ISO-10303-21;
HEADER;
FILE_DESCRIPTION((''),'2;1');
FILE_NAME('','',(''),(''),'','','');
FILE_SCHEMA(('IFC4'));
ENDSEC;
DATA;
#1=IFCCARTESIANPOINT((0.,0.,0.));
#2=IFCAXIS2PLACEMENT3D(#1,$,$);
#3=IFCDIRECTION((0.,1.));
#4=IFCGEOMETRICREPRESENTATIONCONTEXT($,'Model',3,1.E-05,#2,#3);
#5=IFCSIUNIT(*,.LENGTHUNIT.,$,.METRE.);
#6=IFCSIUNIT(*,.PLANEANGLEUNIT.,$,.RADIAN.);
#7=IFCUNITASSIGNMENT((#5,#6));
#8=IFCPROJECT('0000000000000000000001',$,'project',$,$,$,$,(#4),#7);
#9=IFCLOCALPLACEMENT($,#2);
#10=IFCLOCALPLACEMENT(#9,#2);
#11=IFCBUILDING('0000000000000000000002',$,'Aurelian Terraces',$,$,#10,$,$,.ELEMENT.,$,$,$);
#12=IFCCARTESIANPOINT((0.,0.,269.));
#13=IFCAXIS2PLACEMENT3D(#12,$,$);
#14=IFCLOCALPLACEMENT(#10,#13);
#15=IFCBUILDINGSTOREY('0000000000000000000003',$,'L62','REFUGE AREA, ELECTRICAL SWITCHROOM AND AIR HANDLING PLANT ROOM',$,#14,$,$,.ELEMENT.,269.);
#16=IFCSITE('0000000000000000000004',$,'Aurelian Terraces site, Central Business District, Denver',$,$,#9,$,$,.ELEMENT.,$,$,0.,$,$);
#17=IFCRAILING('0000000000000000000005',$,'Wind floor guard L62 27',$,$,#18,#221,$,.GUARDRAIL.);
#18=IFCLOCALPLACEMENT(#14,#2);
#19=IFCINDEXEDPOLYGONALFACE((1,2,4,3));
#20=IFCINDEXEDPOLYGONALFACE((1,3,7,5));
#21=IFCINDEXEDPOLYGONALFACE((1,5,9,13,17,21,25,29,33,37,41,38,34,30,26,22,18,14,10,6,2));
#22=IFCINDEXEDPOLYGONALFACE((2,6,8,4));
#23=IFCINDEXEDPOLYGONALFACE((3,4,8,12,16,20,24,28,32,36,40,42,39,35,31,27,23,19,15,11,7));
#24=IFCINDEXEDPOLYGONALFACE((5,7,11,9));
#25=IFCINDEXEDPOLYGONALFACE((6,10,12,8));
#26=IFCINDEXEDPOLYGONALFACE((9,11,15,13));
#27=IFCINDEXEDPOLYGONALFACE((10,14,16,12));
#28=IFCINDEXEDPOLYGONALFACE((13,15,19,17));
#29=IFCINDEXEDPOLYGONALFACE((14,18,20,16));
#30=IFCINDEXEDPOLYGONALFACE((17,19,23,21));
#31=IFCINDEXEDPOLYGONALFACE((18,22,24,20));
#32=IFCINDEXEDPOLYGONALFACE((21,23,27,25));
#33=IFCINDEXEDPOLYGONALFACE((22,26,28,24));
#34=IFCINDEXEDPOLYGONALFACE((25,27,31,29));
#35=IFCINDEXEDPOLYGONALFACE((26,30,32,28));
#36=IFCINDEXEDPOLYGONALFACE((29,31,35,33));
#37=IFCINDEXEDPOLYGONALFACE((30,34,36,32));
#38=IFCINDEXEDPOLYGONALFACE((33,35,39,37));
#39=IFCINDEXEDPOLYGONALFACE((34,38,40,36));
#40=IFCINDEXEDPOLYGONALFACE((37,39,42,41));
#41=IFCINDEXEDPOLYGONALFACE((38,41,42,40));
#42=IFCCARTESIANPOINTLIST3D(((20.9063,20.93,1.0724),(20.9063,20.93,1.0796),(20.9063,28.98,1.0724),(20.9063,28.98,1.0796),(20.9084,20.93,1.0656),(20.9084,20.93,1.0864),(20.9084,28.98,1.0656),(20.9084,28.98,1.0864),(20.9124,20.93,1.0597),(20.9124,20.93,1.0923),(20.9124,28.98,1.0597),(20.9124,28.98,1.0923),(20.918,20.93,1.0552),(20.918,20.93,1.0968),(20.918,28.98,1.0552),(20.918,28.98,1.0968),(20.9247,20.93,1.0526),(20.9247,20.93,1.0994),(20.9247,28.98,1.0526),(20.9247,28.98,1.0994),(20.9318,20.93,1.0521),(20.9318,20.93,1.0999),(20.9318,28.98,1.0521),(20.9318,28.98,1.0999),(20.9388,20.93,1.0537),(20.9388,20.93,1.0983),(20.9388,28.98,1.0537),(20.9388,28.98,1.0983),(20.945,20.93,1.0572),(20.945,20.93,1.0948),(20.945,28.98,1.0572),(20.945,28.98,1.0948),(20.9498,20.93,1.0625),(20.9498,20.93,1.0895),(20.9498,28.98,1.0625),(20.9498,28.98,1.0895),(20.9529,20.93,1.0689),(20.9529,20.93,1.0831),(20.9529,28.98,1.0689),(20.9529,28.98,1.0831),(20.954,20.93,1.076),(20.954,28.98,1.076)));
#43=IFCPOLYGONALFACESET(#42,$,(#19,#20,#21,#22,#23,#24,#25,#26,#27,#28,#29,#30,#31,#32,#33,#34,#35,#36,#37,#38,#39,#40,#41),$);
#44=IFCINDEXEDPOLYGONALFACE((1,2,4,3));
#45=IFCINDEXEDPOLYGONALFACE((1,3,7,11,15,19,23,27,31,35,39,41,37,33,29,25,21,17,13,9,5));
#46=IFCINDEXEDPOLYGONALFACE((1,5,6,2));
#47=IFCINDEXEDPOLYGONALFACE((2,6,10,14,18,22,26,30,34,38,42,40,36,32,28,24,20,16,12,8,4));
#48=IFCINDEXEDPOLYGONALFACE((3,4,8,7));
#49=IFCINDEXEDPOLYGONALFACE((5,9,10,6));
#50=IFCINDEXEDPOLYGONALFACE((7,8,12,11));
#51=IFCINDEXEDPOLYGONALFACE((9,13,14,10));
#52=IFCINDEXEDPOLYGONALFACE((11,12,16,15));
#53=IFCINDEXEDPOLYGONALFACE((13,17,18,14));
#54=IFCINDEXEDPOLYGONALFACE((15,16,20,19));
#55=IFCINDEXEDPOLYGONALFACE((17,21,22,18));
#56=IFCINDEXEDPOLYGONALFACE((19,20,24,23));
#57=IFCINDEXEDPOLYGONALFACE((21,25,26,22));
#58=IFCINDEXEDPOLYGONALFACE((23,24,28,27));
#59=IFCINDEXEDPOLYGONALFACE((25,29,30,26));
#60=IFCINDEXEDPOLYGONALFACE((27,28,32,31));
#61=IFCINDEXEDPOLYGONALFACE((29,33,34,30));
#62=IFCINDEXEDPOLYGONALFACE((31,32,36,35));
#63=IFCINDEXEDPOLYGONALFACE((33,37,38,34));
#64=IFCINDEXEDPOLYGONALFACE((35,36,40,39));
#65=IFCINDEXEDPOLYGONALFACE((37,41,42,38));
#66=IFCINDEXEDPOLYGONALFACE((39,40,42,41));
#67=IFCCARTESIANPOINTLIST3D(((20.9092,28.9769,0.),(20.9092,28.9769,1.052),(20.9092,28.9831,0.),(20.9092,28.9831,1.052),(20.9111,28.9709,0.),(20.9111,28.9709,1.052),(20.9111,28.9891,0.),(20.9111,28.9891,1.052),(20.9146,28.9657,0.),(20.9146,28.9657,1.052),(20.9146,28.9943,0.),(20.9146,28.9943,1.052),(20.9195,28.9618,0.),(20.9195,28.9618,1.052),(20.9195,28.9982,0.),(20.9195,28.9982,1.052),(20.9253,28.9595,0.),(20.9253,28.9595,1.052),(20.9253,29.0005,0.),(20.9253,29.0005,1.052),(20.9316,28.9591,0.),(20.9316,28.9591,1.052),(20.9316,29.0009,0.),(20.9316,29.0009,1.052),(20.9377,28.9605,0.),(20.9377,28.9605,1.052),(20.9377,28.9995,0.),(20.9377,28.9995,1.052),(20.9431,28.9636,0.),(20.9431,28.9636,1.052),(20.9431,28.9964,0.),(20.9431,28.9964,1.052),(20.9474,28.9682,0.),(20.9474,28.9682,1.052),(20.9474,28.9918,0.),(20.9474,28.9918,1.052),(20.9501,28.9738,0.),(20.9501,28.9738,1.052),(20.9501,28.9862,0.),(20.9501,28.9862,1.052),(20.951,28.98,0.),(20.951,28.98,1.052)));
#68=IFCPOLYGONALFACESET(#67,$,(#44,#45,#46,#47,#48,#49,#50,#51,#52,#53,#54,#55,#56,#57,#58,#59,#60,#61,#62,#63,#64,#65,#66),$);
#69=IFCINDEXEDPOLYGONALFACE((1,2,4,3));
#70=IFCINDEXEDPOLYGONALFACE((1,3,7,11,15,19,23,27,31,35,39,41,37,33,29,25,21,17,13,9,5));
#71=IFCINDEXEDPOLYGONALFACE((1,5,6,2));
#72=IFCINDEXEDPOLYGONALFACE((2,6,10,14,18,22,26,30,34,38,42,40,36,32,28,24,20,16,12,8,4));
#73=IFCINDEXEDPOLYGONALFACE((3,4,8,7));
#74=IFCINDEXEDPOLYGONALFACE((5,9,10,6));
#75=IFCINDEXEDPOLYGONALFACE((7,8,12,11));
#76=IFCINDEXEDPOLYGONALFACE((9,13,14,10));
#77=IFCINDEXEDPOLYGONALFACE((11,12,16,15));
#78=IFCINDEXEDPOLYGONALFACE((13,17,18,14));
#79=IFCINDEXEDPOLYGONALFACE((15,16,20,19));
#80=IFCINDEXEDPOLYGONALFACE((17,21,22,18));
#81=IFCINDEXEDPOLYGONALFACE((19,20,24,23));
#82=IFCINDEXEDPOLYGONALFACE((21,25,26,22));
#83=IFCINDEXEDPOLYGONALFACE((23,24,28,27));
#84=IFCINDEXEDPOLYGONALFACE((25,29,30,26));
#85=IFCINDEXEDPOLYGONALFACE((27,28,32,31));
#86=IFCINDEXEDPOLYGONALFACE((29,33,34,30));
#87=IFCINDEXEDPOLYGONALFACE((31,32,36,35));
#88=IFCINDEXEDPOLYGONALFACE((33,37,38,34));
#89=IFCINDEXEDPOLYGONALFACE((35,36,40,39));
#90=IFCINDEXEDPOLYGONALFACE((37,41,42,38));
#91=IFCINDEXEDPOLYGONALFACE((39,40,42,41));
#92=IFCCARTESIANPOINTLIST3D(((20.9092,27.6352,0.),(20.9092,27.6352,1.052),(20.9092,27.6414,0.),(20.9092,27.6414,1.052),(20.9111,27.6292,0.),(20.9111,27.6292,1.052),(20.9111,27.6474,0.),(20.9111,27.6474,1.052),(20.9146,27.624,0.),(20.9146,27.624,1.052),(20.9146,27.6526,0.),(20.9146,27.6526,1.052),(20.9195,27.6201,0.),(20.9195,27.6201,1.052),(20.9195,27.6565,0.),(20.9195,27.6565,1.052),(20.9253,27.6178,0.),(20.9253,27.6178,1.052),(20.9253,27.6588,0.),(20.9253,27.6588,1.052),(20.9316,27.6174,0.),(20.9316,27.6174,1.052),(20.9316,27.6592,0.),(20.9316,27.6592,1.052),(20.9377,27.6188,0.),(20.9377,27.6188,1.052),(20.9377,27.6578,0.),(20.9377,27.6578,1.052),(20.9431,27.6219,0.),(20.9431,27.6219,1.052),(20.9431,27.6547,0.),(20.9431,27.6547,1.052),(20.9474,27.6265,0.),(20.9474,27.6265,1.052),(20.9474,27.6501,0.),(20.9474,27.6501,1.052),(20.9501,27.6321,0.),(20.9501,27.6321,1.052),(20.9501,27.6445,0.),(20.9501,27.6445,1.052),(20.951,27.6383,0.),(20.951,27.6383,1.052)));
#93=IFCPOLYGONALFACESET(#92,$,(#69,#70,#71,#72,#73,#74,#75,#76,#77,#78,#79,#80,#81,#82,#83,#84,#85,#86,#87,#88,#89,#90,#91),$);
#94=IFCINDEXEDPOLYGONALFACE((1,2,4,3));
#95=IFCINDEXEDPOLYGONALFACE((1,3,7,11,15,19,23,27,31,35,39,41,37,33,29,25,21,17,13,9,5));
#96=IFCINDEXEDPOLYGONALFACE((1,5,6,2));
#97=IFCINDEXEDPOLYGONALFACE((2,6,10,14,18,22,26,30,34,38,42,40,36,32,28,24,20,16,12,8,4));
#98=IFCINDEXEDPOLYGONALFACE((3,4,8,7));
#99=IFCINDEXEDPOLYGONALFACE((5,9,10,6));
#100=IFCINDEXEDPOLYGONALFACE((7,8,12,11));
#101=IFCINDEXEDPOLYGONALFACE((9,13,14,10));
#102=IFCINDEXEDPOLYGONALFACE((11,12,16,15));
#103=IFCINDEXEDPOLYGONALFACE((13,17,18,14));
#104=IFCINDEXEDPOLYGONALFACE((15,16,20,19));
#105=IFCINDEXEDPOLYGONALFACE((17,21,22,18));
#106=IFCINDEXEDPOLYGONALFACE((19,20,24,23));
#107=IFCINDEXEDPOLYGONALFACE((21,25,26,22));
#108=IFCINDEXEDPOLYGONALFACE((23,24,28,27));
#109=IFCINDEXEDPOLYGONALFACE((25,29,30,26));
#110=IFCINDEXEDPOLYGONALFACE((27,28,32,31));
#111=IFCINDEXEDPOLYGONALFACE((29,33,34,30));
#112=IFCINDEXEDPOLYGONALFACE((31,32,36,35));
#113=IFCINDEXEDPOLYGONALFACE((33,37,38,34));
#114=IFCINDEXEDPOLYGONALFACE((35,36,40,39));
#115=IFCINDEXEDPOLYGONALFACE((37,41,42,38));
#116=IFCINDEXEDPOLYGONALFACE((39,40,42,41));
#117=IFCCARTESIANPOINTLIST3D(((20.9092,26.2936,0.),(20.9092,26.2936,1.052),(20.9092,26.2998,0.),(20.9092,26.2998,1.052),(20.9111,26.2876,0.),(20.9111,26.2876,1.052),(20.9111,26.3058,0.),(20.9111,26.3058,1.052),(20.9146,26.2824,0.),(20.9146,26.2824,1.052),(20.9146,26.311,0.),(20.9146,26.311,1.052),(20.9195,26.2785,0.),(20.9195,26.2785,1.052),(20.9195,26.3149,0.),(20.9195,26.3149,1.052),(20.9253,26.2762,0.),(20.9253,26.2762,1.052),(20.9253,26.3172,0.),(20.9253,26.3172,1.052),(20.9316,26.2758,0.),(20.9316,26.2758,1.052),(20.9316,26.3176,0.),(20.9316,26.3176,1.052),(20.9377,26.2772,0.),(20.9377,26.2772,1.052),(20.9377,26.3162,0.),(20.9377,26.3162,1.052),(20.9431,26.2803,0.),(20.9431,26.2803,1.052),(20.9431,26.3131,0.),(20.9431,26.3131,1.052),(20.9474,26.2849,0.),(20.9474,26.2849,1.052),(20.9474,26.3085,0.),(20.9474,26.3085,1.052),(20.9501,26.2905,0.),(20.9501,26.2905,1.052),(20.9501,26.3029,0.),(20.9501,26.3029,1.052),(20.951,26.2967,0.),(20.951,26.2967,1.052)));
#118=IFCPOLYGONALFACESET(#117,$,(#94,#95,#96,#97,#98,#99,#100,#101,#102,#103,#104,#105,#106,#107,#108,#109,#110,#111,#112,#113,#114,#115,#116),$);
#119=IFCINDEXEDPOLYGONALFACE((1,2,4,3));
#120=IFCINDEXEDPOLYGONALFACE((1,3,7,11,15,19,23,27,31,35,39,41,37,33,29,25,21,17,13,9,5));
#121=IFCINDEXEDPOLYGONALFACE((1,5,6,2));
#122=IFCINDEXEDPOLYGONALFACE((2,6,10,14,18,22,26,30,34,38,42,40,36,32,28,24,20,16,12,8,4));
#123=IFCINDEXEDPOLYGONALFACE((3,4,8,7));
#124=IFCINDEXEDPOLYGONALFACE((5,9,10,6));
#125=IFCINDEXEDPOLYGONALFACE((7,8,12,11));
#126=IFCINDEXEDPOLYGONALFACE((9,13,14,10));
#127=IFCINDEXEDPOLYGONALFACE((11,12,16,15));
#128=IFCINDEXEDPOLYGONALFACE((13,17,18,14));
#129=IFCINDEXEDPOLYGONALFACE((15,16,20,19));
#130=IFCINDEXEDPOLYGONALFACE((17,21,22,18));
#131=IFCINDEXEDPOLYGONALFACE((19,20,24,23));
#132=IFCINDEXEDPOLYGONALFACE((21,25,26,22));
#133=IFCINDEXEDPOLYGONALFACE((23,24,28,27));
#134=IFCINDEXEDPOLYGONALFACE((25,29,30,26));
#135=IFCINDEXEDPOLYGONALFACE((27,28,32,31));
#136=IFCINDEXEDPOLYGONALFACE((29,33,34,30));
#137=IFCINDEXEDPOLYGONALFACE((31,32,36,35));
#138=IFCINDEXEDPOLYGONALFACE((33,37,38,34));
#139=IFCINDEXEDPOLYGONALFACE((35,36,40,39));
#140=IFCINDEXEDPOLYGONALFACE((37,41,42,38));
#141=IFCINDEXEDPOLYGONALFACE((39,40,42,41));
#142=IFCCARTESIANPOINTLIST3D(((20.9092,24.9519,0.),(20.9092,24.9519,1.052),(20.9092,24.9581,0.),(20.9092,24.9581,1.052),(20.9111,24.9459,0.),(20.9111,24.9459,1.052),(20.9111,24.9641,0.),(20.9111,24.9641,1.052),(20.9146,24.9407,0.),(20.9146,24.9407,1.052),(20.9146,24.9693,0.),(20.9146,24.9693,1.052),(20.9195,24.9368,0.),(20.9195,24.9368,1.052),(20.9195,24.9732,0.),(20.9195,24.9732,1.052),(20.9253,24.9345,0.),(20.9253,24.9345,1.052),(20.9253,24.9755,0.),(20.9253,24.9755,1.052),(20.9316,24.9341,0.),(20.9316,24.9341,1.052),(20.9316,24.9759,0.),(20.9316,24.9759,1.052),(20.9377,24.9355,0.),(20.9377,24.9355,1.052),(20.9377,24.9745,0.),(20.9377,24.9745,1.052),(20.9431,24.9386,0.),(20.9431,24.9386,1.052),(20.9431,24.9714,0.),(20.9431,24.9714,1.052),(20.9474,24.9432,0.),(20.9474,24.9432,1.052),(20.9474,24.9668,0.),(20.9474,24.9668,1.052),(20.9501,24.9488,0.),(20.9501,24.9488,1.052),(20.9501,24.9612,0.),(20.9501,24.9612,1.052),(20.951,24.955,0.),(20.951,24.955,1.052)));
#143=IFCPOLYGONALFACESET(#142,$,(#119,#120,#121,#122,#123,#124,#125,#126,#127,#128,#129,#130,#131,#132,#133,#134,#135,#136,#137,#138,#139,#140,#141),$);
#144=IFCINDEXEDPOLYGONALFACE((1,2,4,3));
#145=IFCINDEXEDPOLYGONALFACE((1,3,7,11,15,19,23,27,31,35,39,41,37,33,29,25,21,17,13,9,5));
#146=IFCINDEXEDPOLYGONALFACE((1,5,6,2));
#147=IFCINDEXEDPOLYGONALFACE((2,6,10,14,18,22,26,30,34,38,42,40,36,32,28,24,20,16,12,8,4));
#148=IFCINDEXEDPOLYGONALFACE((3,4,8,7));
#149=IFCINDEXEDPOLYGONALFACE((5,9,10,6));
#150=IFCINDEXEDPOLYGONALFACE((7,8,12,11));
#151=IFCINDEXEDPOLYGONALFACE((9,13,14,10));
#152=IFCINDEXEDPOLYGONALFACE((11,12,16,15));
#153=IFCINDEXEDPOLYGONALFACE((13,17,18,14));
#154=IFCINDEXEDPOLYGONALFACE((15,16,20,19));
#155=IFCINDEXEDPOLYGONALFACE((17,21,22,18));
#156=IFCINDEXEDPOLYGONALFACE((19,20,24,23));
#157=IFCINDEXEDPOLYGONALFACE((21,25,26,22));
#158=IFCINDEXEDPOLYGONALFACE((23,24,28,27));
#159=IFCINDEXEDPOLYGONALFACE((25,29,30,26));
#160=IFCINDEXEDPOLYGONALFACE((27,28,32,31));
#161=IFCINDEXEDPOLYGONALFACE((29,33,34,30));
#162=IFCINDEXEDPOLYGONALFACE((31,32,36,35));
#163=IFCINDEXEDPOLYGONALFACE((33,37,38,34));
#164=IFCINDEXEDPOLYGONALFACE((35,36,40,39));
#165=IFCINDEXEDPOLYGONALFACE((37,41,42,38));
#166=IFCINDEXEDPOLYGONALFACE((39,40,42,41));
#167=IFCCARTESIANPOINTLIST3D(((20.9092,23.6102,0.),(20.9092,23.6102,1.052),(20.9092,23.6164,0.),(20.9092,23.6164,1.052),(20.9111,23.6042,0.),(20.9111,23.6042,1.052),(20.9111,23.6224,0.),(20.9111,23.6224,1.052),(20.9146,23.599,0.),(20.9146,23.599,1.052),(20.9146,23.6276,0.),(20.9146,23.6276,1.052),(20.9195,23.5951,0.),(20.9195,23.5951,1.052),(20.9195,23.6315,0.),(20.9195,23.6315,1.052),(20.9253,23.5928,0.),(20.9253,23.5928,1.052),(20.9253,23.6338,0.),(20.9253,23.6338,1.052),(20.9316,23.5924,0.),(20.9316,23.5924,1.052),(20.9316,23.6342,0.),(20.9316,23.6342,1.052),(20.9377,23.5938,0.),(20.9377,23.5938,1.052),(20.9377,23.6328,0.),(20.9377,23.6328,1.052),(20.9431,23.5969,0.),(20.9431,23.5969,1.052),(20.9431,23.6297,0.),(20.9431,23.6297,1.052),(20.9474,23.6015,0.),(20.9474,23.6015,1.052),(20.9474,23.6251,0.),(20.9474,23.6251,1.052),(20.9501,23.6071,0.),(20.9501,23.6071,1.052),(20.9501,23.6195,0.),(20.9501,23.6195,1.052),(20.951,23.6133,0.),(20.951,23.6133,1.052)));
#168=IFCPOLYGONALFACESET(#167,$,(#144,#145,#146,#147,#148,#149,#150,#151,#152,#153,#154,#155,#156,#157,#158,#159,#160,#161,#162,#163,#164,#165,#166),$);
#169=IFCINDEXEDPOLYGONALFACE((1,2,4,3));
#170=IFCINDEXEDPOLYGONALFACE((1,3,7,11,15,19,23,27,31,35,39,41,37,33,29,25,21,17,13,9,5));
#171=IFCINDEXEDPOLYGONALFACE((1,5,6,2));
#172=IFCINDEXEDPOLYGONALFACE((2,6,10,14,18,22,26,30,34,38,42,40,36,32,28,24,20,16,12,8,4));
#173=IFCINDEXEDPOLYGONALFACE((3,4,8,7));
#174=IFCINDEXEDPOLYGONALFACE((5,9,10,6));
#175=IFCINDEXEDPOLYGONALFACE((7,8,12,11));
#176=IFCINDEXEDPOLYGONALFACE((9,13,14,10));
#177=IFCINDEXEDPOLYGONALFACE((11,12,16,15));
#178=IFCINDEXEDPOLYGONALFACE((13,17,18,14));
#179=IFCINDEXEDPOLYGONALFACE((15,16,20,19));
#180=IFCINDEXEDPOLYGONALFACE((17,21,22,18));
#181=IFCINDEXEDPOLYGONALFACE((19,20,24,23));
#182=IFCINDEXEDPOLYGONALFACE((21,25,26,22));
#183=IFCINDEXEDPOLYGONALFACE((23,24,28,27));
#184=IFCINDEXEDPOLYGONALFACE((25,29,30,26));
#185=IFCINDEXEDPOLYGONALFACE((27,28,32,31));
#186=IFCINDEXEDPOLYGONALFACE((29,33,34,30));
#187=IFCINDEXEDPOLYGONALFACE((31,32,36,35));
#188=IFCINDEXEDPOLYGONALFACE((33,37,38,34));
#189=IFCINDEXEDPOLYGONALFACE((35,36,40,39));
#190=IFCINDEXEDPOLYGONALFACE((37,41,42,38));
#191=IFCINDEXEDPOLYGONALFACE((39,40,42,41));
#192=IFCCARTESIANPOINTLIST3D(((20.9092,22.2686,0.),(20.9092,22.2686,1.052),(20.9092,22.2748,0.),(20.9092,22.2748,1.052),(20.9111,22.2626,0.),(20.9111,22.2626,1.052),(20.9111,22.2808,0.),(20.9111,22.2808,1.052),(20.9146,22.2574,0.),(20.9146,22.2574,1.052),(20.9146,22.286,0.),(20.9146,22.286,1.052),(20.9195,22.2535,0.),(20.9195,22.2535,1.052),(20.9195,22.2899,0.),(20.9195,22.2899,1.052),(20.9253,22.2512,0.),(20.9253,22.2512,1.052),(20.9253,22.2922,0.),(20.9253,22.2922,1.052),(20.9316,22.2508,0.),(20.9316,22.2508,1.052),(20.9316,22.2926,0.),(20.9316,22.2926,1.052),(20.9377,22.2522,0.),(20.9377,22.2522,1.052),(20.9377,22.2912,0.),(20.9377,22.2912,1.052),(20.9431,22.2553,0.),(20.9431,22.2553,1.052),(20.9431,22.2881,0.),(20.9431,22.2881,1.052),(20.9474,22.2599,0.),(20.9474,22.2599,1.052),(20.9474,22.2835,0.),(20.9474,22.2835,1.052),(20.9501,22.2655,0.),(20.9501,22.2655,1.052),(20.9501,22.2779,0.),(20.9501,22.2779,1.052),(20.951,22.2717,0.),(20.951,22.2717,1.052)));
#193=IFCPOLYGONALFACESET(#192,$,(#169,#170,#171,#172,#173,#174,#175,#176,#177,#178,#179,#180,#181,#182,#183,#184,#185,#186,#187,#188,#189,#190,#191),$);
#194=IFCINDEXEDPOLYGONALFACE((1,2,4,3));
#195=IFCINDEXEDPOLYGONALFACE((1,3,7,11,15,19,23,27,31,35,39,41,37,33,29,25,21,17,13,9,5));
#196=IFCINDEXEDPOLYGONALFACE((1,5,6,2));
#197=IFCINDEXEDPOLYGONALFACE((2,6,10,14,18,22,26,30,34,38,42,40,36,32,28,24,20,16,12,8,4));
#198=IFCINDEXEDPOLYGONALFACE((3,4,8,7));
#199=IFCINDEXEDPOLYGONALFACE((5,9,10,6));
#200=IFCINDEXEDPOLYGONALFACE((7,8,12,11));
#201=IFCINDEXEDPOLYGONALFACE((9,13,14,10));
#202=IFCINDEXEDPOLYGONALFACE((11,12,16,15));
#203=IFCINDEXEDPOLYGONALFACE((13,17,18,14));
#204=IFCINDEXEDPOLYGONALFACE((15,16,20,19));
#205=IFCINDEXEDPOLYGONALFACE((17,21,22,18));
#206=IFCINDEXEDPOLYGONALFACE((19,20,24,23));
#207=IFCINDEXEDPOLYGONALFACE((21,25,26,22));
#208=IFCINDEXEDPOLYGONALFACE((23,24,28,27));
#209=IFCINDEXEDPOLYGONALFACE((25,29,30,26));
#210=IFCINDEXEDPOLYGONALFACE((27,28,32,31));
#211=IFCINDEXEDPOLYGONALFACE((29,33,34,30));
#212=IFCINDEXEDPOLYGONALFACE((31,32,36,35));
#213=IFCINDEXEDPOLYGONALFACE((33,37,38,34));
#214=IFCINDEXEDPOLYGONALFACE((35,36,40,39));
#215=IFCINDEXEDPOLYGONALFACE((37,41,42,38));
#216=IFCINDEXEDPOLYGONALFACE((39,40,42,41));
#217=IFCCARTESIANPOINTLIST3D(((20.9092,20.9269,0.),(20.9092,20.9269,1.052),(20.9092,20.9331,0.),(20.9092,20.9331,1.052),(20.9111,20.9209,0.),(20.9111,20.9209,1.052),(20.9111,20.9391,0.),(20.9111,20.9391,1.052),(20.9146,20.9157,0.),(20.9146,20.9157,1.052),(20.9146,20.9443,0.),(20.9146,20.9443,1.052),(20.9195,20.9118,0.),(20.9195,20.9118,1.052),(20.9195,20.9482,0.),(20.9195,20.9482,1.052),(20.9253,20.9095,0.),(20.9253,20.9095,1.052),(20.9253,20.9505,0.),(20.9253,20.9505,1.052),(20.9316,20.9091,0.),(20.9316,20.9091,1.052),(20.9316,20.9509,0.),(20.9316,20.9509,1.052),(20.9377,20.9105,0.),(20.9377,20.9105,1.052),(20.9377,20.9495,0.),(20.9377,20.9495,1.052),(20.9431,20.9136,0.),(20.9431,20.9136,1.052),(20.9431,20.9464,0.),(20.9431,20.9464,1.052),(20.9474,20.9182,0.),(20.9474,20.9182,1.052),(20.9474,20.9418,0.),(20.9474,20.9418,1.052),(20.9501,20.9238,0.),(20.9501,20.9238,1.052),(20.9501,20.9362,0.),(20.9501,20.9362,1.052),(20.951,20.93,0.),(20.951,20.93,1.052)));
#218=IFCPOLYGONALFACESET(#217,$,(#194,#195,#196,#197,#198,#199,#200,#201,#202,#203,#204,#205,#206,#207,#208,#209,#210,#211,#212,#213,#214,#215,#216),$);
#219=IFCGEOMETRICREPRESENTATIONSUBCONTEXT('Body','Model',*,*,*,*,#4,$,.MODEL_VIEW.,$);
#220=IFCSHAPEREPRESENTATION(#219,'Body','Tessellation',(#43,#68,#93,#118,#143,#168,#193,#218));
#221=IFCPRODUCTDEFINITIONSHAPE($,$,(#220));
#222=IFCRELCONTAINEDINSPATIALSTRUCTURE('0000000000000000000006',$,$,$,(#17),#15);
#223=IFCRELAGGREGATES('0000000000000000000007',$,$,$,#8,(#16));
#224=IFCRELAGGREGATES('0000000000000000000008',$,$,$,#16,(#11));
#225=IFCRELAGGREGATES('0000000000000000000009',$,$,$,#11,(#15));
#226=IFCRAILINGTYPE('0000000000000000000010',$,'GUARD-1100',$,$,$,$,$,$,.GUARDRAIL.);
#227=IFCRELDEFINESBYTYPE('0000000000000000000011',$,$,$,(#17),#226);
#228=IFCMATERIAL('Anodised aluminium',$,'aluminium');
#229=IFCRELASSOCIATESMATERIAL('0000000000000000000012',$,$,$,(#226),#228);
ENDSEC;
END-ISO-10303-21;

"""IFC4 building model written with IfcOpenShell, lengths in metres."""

from ifc_helpers import new_model, si_unit, direction, frame, origin, origin_2d, place, context, subcontext, project, spatial, circle, extrude, material, type_object, element, save


model = new_model("IFC4")

# Units and contexts
model_context = context("Model", 3, precision=1e-05, world=origin(), true_north=direction((0.0, 1.0)))
body_context = subcontext(model_context, "Body", "Model", "MODEL_VIEW")
ifc_project = project(units=[si_unit("LENGTHUNIT", "METRE"), si_unit("PLANEANGLEUNIT", "RADIAN")], contexts=[model_context])

# Site, building, storey
site_placement = place(None, origin())
site = spatial("IfcSite", under=ifc_project, at=site_placement, Name="Aurelian Terraces site, Central Business District, Denver", CompositionType="ELEMENT", RefElevation=0.0)
building_placement = place(site_placement, origin())
building = spatial("IfcBuilding", under=site, at=building_placement, Name="Aurelian Terraces", CompositionType="ELEMENT")
storey_placement = place(building_placement, frame((0.0, 0.0, 269.0)))
storey = spatial("IfcBuildingStorey", under=building, at=storey_placement, Name="L62", Description="REFUGE AREA, ELECTRICAL SWITCHROOM AND AIR HANDLING PLANT ROOM", CompositionType="ELEMENT", Elevation=269.0)

# Railing
ifc_material_1 = material(Name="Anodised aluminium", Category="aluminium")
railing_type = type_object("IfcRailingType", Name="GUARD-1100", PredefinedType="GUARDRAIL", material=ifc_material_1)
railing_1_placement = place(storey_placement, frame((20.93, 28.98, 0.0)))
element("IfcRailing", 1, at=railing_1_placement, inside=storey, type_object=railing_type, Name="Wind floor guard L62 27", PredefinedType="GUARDRAIL", context=body_context, shape_type="SweptSolid", body=[
    extrude(circle(Radius=0.024, at=origin_2d()), frame((0.0, 0.0, 1.076), z_axis=(0.0, -1.0, 0.0), x_axis=(1.0, 0.0, 0.0)), (0.0, 0.0, 1.0), 8.05),
    extrude(circle(Radius=0.021, at=origin_2d()), origin(), (0.0, 0.0, 1.0), 1.052),
    extrude(circle(Radius=0.021, at=origin_2d()), frame((0.0, -1.3417, 0.0)), (0.0, 0.0, 1.0), 1.052),
    extrude(circle(Radius=0.021, at=origin_2d()), frame((0.0, -2.6833, 0.0)), (0.0, 0.0, 1.0), 1.052),
    extrude(circle(Radius=0.021, at=origin_2d()), frame((0.0, -4.025, 0.0)), (0.0, 0.0, 1.0), 1.052),
    extrude(circle(Radius=0.021, at=origin_2d()), frame((0.0, -5.3667, 0.0)), (0.0, 0.0, 1.0), 1.052),
    extrude(circle(Radius=0.021, at=origin_2d()), frame((0.0, -6.7083, 0.0)), (0.0, 0.0, 1.0), 1.052),
    extrude(circle(Radius=0.021, at=origin_2d()), frame((0.0, -8.05, 0.0)), (0.0, 0.0, 1.0), 1.052),
])

save(model, "model.ifc")
